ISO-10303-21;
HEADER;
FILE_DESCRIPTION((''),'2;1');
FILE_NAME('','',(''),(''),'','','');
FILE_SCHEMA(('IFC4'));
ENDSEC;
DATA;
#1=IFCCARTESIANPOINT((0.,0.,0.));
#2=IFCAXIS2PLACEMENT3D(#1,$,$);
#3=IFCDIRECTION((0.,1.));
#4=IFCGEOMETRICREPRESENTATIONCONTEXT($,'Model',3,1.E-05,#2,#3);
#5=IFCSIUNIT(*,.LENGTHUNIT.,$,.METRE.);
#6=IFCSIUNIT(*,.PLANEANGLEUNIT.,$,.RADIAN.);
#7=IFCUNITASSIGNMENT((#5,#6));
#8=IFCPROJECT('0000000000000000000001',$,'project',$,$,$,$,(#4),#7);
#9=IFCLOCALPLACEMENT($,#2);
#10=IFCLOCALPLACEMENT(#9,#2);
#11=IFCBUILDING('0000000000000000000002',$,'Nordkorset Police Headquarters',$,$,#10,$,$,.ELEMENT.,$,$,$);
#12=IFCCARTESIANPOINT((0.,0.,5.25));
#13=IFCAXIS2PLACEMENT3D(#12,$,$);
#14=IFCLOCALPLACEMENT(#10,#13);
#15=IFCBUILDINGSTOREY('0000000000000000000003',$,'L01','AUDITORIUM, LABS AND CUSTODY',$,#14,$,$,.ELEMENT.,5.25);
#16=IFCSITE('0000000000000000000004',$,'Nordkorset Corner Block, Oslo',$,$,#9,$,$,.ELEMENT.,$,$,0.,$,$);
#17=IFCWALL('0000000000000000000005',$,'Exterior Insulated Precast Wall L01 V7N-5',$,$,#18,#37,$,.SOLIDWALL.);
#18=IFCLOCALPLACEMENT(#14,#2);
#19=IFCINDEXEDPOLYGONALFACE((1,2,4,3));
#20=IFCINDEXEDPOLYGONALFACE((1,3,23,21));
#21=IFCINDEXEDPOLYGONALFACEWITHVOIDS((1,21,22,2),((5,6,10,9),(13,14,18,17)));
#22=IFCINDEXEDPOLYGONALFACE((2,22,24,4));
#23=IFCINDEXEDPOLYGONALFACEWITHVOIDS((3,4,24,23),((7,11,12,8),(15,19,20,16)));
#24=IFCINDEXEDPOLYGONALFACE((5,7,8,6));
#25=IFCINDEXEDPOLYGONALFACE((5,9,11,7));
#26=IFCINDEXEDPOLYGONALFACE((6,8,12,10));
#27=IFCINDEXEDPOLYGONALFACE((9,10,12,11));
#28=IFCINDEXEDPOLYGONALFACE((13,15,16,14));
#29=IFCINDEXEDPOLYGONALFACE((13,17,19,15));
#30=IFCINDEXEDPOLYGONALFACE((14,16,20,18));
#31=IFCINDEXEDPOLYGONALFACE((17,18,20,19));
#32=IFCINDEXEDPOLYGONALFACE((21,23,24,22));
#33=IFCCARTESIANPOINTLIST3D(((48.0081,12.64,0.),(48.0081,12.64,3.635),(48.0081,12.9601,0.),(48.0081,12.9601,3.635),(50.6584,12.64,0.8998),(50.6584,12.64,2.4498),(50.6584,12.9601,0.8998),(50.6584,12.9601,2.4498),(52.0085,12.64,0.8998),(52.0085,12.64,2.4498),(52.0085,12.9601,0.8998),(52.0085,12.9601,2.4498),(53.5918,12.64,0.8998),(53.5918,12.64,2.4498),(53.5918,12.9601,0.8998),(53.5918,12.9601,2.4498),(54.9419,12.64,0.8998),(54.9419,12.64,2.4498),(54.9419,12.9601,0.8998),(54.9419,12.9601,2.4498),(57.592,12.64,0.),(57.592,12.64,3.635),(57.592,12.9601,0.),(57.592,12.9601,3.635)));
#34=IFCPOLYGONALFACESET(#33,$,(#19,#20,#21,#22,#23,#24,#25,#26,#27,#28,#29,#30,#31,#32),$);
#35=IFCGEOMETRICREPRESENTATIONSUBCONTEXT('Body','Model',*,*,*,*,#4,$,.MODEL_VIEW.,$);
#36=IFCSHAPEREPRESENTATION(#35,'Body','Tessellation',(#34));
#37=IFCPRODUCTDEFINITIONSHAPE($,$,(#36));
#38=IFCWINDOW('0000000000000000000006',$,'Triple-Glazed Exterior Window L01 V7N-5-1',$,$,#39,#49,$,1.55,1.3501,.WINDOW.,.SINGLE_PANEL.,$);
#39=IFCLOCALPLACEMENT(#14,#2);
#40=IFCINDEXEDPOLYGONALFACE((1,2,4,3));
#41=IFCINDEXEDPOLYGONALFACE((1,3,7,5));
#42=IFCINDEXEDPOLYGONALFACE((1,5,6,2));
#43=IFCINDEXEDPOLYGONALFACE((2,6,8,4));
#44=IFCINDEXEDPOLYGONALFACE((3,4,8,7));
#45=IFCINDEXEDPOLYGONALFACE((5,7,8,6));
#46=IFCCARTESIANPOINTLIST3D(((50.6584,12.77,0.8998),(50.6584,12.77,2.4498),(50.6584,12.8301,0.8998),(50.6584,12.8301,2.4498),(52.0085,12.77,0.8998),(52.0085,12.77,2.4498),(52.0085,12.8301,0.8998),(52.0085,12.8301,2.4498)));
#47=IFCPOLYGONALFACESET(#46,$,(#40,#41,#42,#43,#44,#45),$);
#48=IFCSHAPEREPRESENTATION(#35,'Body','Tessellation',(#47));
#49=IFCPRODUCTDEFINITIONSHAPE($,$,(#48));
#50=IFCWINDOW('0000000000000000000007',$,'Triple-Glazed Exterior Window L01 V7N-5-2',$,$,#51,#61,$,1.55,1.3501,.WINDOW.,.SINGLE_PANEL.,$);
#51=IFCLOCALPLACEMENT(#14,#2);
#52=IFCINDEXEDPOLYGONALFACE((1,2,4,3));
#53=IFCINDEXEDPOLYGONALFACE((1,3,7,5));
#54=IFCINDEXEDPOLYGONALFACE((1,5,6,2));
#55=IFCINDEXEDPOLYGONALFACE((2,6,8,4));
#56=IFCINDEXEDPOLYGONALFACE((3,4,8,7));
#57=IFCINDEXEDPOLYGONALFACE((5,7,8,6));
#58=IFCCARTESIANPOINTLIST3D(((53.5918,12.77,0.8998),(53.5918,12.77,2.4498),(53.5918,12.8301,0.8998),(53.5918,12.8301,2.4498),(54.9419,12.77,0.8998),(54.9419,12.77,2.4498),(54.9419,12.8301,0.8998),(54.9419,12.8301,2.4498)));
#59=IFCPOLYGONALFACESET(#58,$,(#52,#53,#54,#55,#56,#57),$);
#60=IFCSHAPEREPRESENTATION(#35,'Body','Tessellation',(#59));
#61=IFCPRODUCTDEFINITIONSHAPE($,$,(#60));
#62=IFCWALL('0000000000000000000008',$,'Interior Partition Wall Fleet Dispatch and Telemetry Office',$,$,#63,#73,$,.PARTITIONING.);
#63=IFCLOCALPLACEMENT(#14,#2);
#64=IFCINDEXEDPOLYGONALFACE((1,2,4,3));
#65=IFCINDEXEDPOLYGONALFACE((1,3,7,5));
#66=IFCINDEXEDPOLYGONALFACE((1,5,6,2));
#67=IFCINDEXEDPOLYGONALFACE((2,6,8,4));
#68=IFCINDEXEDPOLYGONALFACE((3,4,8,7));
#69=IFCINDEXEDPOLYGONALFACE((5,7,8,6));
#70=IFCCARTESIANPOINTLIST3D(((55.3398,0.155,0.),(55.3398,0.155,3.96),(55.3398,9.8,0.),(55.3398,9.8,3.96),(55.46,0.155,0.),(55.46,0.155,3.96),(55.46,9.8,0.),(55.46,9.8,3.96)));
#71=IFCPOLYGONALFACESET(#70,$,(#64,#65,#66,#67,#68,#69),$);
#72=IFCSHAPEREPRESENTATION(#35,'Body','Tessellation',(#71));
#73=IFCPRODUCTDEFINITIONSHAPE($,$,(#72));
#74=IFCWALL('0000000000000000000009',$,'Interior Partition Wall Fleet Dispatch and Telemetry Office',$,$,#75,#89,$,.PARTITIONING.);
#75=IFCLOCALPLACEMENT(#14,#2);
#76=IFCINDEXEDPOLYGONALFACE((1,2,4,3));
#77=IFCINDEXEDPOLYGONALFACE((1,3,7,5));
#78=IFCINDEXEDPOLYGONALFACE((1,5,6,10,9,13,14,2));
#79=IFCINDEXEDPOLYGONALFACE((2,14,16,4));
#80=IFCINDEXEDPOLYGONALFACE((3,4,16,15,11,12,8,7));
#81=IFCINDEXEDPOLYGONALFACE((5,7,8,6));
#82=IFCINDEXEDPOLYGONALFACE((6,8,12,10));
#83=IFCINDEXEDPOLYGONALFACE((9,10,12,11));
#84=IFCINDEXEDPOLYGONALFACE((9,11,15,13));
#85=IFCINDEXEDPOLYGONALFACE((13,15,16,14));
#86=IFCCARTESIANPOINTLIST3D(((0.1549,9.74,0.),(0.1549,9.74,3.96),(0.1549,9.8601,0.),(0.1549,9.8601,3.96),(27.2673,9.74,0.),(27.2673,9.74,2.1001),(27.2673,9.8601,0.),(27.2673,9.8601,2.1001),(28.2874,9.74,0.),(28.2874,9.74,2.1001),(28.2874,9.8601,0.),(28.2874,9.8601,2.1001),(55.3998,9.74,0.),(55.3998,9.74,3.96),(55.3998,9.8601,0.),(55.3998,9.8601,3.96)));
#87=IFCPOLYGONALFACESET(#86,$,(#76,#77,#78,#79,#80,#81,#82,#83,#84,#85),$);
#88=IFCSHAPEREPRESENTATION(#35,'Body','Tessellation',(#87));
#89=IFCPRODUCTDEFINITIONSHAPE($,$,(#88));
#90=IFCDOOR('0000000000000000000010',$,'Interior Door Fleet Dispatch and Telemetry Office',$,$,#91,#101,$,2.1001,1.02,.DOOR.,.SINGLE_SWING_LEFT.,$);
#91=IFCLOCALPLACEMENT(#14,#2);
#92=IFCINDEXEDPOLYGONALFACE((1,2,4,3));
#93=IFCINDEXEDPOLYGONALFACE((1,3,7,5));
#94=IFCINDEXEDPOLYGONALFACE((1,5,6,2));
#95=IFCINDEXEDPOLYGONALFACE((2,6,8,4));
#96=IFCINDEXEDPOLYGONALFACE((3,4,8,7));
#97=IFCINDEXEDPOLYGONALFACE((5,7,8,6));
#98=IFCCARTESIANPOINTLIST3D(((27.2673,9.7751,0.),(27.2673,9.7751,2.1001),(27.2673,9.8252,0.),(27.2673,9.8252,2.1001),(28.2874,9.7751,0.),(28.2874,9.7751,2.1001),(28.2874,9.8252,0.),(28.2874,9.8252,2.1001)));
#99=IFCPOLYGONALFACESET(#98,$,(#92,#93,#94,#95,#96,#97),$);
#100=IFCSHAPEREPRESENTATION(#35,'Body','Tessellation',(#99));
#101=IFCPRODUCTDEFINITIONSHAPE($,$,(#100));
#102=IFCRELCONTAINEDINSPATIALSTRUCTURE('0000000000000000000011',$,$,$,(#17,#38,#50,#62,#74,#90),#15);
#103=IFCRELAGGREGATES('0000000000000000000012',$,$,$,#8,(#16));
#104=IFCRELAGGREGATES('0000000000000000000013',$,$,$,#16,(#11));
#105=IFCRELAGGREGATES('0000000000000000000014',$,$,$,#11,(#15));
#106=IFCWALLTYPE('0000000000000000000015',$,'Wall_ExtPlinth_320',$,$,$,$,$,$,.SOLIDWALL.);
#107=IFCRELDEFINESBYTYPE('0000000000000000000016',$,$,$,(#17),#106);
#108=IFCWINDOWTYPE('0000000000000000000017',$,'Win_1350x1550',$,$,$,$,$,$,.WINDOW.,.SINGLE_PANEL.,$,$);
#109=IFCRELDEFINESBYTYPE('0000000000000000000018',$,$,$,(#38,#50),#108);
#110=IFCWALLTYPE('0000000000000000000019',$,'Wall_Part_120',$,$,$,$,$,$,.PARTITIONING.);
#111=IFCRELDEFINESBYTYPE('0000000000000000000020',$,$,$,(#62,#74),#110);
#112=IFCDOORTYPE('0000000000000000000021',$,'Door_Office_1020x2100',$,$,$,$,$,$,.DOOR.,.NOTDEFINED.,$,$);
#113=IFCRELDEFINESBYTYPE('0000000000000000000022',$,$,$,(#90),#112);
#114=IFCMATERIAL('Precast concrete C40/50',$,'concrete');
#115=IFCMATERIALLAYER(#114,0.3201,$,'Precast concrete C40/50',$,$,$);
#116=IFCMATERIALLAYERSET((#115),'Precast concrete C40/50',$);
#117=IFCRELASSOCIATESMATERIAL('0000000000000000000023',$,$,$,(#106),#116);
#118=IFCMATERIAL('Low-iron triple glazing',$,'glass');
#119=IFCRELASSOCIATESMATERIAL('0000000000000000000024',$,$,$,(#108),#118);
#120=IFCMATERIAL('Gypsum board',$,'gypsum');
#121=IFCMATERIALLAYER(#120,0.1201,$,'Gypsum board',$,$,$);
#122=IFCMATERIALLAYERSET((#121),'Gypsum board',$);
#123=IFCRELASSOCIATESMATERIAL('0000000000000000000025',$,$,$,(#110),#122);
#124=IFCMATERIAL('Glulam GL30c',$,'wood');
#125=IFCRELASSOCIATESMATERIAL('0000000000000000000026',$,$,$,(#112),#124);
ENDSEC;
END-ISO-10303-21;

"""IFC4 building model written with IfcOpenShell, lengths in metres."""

from ifc_helpers import new_model, si_unit, direction, frame, frame_2d, origin, place, context, subcontext, project, spatial, rectangle, extrude, material, layer, layer_set, type_object, element, fill, save


model = new_model("IFC4")

# Units and contexts
model_context = context("Model", 3, precision=1e-05, world=origin(), true_north=direction((0.0, 1.0)))
body_context = subcontext(model_context, "Body", "Model", "MODEL_VIEW")
ifc_project = project(units=[si_unit("LENGTHUNIT", "METRE"), si_unit("PLANEANGLEUNIT", "RADIAN")], contexts=[model_context])

# Site, building, storey
site_placement = place(None, origin())
site = spatial("IfcSite", under=ifc_project, at=site_placement, Name="Nordkorset Corner Block, Oslo", CompositionType="ELEMENT", RefElevation=0.0)
building_placement = place(site_placement, origin())
building = spatial("IfcBuilding", under=site, at=building_placement, Name="Nordkorset Police Headquarters", CompositionType="ELEMENT")
storey_placement = place(building_placement, frame((0.0, 0.0, 5.25)))
storey = spatial("IfcBuildingStorey", under=building, at=storey_placement, Name="L01", Description="AUDITORIUM, LABS AND CUSTODY", CompositionType="ELEMENT", Elevation=5.25)

# Shared definitions
ifc_material_1 = material(Name="Precast concrete C40/50", Category="concrete")
ifc_layer_1 = layer(ifc_material_1, 0.3201, Name="Precast concrete C40/50")
ifc_layer_set_1 = layer_set([ifc_layer_1], Name="Precast concrete C40/50")
wall_type_1 = type_object("IfcWallType", Name="Wall_ExtPlinth_320", PredefinedType="SOLIDWALL", material=ifc_layer_set_1)

# Wall, openings, windows
wall_1_placement = place(storey_placement, frame((48.0081, 12.8, 0.0), z_axis=(0.0, 0.0, 1.0), x_axis=(1.0, 0.0, 0.0)))
wall_1 = element("IfcWall", 1, at=wall_1_placement, inside=storey, type_object=wall_type_1, Name="Exterior Insulated Precast Wall L01 V7N-5", PredefinedType="SOLIDWALL", context=body_context, shape_type="SweptSolid", body=[
    extrude(rectangle(XDim=9.584, YDim=0.3201, at=frame_2d((4.792, 0.0))), origin(), (0.0, 0.0, 1.0), 3.635),
])
opening_1_placement = place(wall_1_placement, frame((2.6504, 0.0, 0.8999)))
opening_1 = element("IfcOpeningElement", 2, at=opening_1_placement, cuts=wall_1, PredefinedType="OPENING", context=body_context, shape_type="SweptSolid", body=[
    extrude(rectangle(XDim=1.3501, YDim=1.55, at=frame_2d((0.675, 0.7749))), frame((0.0, 0.1699, 0.0), z_axis=(0.0, -1.0, 0.0), x_axis=(1.0, 0.0, 0.0)), (0.0, 0.0, 1.0), 0.3401),
])
opening_2_placement = place(wall_1_placement, frame((5.5837, 0.0, 0.8999)))
opening_2 = element("IfcOpeningElement", 3, at=opening_2_placement, cuts=wall_1, PredefinedType="OPENING", context=body_context, shape_type="SweptSolid", body=[
    extrude(rectangle(XDim=1.3501, YDim=1.55, at=frame_2d((0.675, 0.7749))), frame((0.0, 0.1699, 0.0), z_axis=(0.0, -1.0, 0.0), x_axis=(1.0, 0.0, 0.0)), (0.0, 0.0, 1.0), 0.3401),
])
ifc_material_2 = material(Name="Low-iron triple glazing", Category="glass")
window_type_1 = type_object("IfcWindowType", Name="Win_1350x1550", PartitioningType="SINGLE_PANEL", PredefinedType="WINDOW", material=ifc_material_2)
window_1_placement = place(opening_1_placement, origin())
window_1 = element("IfcWindow", 4, at=window_1_placement, inside=storey, type_object=window_type_1, Name="Triple-Glazed Exterior Window L01 V7N-5-1", OverallHeight=1.55, OverallWidth=1.3501, PartitioningType="SINGLE_PANEL", PredefinedType="WINDOW", context=body_context, shape_type="SweptSolid", body=[
    extrude(rectangle(XDim=1.3501, YDim=1.55, at=frame_2d((0.675, 0.7749))), frame((0.0, 0.03, 0.0), z_axis=(0.0, -1.0, 0.0), x_axis=(1.0, 0.0, 0.0)), (0.0, 0.0, 1.0), 0.0601),
])
fill(opening_1, window_1)
window_2_placement = place(opening_2_placement, origin())
window_2 = element("IfcWindow", 5, at=window_2_placement, inside=storey, type_object=window_type_1, Name="Triple-Glazed Exterior Window L01 V7N-5-2", OverallHeight=1.55, OverallWidth=1.3501, PartitioningType="SINGLE_PANEL", PredefinedType="WINDOW", context=body_context, shape_type="SweptSolid", body=[
    extrude(rectangle(XDim=1.3501, YDim=1.55, at=frame_2d((0.675, 0.7749))), frame((0.0, 0.03, 0.0), z_axis=(0.0, -1.0, 0.0), x_axis=(1.0, 0.0, 0.0)), (0.0, 0.0, 1.0), 0.0601),
])
fill(opening_2, window_2)

# Wall
ifc_material_3 = material(Name="Gypsum board", Category="gypsum")
ifc_layer_2 = layer(ifc_material_3, 0.1201, Name="Gypsum board")
ifc_layer_set_2 = layer_set([ifc_layer_2], Name="Gypsum board")
wall_type_2 = type_object("IfcWallType", Name="Wall_Part_120", PredefinedType="PARTITIONING", material=ifc_layer_set_2)
wall_2_placement = place(storey_placement, frame((55.3999, 0.155, 0.0), z_axis=(0.0, 0.0, 1.0), x_axis=(0.0, 1.0, 0.0)))
element("IfcWall", 6, at=wall_2_placement, inside=storey, type_object=wall_type_2, Name="Interior Partition Wall Fleet Dispatch and Telemetry Office", PredefinedType="PARTITIONING", context=body_context, shape_type="SweptSolid", body=[
    extrude(rectangle(XDim=9.645, YDim=0.1201, at=frame_2d((4.8225, 0.0))), origin(), (0.0, 0.0, 1.0), 3.96),
])

# Wall, opening, door
wall_3_placement = place(storey_placement, frame((55.3999, 9.8, 0.0), z_axis=(0.0, 0.0, 1.0), x_axis=(-1.0, 0.0, 0.0)))
wall_3 = element("IfcWall", 7, at=wall_3_placement, inside=storey, type_object=wall_type_2, Name="Interior Partition Wall Fleet Dispatch and Telemetry Office", PredefinedType="PARTITIONING", context=body_context, shape_type="SweptSolid", body=[
    extrude(rectangle(XDim=55.2449, YDim=0.1201, at=frame_2d((27.6226, 0.0))), origin(), (0.0, 0.0, 1.0), 3.96),
])
opening_3_placement = place(wall_3_placement, frame((27.1125, 0.0, 0.0)))
opening_3 = element("IfcOpeningElement", 8, at=opening_3_placement, cuts=wall_3, PredefinedType="OPENING", context=body_context, shape_type="SweptSolid", body=[
    extrude(rectangle(XDim=1.02, YDim=2.1001, at=frame_2d((0.51, 1.05))), frame((0.0, 0.0701, 0.0), z_axis=(0.0, -1.0, 0.0), x_axis=(1.0, 0.0, 0.0)), (0.0, 0.0, 1.0), 0.1401),
])
ifc_material_4 = material(Name="Glulam GL30c", Category="wood")
door_type = type_object("IfcDoorType", Name="Door_Office_1020x2100", OperationType="NOTDEFINED", PredefinedType="DOOR", material=ifc_material_4)
door_placement = place(opening_3_placement, origin())
door = element("IfcDoor", 9, at=door_placement, inside=storey, type_object=door_type, Name="Interior Door Fleet Dispatch and Telemetry Office", OperationType="SINGLE_SWING_LEFT", OverallHeight=2.1001, OverallWidth=1.02, PredefinedType="DOOR", context=body_context, shape_type="SweptSolid", body=[
    extrude(rectangle(XDim=1.02, YDim=2.1001, at=frame_2d((0.51, 1.05))), frame((0.0, 0.0249, 0.0), z_axis=(0.0, -1.0, 0.0), x_axis=(1.0, 0.0, 0.0)), (0.0, 0.0, 1.0), 0.05),
])
fill(opening_3, door)

save(model, "model.ifc")
